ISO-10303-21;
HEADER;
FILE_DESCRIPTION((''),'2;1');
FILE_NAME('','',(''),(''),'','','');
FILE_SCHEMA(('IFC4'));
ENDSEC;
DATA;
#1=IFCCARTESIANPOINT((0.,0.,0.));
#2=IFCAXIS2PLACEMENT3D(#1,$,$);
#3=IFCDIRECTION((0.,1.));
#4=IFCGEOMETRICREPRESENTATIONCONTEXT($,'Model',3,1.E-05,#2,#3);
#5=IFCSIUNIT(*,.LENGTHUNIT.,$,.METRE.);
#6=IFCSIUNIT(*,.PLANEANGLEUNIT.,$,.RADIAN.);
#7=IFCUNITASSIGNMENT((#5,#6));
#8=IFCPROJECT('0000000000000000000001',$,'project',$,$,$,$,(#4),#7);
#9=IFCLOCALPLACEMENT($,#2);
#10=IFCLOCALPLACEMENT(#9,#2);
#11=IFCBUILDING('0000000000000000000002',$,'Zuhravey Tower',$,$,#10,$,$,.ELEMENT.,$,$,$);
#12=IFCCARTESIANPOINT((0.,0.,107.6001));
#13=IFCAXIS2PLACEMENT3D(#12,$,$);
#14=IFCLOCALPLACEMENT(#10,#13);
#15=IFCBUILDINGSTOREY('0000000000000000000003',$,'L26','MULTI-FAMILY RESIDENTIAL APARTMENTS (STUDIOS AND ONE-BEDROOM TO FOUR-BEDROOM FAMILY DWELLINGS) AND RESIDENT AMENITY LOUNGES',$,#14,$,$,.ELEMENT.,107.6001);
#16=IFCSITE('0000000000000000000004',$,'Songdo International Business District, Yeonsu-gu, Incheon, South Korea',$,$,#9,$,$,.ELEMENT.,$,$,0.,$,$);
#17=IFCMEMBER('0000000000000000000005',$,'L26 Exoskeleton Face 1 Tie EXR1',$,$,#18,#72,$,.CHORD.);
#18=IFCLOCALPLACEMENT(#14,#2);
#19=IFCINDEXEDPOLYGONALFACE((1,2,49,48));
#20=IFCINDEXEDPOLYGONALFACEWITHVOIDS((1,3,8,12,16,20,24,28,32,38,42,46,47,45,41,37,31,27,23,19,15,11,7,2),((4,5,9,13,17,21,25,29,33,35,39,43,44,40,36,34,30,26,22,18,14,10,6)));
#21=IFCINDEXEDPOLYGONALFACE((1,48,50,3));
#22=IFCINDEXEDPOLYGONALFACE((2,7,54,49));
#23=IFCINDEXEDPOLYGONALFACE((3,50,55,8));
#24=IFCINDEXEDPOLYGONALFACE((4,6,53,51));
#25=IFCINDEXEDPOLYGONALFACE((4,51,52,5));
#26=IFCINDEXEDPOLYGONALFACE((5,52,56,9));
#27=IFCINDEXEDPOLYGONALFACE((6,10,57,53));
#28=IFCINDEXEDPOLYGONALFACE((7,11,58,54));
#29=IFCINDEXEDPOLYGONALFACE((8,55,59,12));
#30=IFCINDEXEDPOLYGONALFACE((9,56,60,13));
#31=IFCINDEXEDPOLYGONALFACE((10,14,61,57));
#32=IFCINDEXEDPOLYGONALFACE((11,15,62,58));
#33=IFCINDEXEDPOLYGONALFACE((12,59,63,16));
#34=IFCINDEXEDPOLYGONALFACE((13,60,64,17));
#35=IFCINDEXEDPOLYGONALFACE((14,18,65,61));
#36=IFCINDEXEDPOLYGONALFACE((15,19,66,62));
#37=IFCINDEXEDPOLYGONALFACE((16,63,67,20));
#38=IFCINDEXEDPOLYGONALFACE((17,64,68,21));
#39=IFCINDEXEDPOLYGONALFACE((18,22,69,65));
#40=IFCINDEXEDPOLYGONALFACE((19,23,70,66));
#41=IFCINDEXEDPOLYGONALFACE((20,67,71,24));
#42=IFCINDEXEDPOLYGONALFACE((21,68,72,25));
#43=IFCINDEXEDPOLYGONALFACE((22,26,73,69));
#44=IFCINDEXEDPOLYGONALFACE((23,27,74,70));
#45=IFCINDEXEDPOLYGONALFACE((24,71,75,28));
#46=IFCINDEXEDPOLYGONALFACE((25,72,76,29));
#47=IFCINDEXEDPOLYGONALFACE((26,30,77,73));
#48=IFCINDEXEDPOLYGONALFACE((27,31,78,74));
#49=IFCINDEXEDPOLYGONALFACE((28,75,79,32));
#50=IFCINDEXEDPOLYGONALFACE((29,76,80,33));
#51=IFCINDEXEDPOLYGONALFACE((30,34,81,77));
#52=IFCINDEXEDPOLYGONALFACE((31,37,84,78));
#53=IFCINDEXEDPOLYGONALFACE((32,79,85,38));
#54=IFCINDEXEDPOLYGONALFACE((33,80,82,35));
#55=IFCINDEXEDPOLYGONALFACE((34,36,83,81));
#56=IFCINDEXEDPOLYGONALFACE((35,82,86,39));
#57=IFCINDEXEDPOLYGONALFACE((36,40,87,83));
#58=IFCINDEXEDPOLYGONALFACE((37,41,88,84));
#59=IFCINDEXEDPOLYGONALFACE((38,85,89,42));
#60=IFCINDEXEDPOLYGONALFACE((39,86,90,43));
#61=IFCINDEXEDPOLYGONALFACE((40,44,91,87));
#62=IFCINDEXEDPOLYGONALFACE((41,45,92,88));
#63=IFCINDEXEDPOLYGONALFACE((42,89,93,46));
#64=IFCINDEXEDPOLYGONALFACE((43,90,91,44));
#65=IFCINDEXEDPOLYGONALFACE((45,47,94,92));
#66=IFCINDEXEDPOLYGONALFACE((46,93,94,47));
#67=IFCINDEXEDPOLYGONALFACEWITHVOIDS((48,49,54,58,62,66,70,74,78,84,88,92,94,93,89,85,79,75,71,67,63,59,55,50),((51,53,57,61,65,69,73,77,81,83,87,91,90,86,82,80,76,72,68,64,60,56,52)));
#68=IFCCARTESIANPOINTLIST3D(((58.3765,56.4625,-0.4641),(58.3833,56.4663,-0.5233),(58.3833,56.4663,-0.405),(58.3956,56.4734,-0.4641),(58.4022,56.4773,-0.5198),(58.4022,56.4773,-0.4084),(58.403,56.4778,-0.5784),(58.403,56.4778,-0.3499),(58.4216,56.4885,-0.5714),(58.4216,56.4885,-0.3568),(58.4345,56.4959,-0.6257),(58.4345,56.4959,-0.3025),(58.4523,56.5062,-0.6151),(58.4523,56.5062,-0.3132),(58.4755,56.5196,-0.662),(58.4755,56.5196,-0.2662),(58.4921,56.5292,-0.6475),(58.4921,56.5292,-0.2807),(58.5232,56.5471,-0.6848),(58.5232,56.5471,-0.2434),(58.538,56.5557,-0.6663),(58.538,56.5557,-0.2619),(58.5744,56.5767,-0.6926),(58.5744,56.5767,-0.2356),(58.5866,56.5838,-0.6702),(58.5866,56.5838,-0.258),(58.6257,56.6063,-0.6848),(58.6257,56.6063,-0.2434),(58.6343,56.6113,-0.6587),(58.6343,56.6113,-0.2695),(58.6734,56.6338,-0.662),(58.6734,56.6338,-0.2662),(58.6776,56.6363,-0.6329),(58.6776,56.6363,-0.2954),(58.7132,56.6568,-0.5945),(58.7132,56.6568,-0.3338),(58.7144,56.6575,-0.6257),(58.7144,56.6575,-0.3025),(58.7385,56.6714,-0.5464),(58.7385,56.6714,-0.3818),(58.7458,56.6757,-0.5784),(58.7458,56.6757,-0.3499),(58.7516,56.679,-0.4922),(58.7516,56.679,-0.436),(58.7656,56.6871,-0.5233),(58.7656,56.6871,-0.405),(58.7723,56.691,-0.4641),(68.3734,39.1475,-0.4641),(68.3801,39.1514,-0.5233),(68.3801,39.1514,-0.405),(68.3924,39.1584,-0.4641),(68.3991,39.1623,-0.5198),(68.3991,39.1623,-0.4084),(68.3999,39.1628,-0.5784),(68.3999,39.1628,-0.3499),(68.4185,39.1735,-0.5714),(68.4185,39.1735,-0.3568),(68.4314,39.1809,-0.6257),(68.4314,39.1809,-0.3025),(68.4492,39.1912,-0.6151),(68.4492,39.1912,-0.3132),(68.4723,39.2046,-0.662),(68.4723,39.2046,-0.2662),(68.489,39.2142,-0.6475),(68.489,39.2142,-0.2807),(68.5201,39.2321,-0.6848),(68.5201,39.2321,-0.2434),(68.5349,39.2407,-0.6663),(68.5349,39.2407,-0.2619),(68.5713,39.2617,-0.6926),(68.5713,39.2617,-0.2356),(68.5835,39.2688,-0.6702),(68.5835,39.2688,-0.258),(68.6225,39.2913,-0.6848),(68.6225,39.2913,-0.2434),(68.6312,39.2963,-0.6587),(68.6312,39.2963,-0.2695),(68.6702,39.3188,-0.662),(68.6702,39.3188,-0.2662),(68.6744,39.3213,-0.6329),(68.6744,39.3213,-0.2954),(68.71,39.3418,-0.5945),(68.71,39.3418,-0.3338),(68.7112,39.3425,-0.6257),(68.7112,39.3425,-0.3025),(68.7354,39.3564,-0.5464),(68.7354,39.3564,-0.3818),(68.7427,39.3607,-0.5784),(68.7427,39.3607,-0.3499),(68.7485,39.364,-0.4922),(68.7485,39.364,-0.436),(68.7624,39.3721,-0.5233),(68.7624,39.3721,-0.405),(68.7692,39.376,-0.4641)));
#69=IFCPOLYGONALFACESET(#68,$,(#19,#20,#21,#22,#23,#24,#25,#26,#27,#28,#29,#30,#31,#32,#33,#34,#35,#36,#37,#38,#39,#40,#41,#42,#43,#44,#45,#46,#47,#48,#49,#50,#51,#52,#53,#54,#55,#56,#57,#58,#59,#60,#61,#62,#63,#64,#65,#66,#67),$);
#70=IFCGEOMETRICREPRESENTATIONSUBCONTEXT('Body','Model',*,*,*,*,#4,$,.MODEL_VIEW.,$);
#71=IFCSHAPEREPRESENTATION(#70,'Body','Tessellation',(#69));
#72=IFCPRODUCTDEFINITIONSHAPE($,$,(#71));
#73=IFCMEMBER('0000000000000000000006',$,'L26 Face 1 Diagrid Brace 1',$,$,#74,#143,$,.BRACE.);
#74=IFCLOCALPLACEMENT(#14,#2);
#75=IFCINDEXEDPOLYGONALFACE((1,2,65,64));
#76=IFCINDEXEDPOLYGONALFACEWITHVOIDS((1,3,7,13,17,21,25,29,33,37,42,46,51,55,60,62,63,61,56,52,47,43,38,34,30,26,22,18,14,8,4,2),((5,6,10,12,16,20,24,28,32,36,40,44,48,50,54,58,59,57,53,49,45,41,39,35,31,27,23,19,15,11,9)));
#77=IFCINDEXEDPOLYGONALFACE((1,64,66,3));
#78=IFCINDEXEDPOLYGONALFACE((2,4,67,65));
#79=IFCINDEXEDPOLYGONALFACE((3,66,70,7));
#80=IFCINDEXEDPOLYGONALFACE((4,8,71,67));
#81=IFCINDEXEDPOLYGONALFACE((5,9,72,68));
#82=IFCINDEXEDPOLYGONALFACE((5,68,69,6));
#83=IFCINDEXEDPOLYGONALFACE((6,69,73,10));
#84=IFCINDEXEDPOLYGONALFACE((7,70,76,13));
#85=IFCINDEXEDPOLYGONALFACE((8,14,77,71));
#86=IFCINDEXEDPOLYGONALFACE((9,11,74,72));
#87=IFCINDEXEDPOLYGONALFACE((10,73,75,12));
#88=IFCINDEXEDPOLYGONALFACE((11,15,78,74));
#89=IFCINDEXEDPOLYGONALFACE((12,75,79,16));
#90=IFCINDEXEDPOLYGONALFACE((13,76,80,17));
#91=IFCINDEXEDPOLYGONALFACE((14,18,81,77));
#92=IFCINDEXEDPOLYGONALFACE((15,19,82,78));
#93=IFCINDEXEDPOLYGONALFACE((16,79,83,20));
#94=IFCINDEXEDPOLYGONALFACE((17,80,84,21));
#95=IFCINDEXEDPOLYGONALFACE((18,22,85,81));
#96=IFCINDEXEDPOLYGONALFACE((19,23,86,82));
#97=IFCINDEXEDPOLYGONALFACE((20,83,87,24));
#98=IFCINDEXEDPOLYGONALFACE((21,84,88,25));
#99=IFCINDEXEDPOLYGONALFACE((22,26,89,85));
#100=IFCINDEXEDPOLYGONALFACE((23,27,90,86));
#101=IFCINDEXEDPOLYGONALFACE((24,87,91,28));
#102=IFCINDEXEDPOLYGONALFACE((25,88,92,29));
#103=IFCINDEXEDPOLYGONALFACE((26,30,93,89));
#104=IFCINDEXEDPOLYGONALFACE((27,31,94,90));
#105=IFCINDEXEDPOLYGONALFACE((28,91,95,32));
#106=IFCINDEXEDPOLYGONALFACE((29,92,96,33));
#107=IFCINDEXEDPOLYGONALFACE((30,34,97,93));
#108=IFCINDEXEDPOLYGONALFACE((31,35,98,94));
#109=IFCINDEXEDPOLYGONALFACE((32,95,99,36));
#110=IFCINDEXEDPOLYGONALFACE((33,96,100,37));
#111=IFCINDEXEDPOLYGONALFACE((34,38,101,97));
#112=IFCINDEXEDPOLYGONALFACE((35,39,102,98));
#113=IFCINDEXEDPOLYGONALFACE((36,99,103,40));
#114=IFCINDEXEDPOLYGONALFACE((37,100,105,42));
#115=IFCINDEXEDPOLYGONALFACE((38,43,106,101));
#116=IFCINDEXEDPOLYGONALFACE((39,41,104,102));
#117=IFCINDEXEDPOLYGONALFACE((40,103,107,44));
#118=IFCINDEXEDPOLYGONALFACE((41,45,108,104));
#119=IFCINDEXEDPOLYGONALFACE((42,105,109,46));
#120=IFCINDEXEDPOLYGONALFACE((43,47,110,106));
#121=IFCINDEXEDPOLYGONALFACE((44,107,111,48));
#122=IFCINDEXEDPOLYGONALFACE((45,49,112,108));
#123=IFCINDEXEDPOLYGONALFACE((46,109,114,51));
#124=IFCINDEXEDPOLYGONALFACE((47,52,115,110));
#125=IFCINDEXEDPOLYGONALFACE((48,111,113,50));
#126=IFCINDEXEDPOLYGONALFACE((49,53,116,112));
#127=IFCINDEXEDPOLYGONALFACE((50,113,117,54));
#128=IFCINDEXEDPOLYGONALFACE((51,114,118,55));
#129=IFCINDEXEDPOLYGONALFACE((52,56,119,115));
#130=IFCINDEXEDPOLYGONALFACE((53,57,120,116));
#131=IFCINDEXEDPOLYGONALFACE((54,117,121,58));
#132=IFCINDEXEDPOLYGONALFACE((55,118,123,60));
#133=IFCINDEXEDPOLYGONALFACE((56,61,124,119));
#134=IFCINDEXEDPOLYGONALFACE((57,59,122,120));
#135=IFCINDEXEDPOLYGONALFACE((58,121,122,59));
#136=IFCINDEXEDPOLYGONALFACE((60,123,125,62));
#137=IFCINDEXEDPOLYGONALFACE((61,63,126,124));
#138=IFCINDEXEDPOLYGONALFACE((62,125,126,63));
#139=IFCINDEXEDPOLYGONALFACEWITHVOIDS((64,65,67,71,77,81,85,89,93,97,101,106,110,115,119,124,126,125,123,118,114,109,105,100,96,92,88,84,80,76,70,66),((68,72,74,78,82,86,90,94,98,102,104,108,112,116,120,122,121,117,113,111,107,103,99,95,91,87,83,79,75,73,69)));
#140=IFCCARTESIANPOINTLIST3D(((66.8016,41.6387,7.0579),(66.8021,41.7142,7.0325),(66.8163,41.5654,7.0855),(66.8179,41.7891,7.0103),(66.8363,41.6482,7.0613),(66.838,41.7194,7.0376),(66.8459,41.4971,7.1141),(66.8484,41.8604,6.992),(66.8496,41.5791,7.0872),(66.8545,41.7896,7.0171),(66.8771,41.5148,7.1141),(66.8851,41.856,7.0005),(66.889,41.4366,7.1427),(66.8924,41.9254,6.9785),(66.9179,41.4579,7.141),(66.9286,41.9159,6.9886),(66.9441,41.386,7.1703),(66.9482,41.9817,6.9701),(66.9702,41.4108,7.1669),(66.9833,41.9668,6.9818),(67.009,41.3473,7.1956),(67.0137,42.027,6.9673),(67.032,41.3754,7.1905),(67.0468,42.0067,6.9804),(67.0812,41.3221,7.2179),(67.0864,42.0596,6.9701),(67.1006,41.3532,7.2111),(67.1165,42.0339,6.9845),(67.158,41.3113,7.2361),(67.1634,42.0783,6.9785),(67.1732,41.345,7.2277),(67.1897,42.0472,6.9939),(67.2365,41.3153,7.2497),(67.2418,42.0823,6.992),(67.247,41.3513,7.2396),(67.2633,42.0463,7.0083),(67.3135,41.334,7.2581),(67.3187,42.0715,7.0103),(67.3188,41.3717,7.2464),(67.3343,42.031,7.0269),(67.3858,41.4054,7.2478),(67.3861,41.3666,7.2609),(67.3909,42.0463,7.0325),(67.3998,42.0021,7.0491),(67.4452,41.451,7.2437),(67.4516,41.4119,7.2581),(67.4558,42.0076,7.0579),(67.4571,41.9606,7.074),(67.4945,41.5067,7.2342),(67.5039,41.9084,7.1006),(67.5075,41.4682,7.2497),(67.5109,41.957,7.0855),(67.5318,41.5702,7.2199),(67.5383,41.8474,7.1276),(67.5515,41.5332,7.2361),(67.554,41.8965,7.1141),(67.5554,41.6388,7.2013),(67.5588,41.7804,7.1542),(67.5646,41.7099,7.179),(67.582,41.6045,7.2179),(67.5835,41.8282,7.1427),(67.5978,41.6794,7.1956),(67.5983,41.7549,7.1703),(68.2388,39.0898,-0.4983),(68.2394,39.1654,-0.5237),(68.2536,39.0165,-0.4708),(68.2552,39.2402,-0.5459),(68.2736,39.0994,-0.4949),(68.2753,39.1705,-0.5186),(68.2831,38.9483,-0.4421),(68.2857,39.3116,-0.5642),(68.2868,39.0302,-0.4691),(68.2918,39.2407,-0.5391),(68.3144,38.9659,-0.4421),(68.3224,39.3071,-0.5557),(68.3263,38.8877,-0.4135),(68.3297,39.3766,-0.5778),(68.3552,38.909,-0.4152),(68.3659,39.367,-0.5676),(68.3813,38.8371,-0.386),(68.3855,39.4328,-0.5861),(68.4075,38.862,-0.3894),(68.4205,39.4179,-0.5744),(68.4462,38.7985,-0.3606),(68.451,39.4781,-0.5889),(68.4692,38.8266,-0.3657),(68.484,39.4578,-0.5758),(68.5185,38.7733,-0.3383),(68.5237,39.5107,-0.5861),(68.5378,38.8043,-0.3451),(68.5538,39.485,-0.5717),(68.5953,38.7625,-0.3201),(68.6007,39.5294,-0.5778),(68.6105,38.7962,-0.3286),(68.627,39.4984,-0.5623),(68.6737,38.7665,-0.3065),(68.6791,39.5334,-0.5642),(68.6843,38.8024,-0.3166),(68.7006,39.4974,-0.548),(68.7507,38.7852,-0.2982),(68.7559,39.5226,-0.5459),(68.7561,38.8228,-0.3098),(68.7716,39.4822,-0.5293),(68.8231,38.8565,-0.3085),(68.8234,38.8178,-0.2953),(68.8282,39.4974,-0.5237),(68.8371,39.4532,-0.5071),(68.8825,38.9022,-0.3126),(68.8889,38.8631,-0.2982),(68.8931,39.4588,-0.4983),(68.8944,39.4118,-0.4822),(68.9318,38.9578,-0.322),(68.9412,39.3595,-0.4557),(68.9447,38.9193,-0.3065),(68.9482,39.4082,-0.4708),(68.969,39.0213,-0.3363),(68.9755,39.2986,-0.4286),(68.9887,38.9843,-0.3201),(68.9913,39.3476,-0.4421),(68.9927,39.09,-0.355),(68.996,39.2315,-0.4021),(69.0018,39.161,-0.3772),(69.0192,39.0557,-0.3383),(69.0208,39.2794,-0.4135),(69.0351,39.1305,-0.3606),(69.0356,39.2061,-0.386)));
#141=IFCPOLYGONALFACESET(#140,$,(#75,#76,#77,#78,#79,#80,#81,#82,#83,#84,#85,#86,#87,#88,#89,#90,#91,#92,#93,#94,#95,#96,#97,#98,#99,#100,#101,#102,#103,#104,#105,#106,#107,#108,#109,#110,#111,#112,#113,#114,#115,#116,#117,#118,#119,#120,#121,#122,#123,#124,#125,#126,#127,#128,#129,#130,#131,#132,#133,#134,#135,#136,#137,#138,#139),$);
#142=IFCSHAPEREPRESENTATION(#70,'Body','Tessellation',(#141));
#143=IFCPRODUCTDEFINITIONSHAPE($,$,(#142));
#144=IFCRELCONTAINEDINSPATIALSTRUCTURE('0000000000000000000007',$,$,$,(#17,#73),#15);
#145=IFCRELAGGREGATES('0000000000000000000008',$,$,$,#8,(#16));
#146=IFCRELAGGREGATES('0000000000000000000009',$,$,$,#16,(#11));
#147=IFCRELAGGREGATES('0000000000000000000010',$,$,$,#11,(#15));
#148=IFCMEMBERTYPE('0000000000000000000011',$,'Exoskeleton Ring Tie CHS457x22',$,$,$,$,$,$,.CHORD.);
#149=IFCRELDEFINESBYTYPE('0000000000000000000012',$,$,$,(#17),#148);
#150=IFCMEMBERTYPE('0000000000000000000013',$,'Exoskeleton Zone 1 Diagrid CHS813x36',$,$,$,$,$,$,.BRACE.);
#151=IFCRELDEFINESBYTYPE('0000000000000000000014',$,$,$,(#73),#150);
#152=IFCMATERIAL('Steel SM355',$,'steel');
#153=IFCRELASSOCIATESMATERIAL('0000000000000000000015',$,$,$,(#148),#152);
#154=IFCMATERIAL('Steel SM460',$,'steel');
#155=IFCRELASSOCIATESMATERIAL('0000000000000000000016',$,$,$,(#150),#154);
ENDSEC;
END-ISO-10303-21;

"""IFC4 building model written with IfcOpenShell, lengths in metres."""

from ifc_helpers import new_model, si_unit, direction, frame, origin, origin_2d, place, context, subcontext, project, spatial, hollow_circle, extrude, material, material_profile, profile_set, type_object, element, save


model = new_model("IFC4")

# Units and contexts
model_context = context("Model", 3, precision=1e-05, world=origin(), true_north=direction((0.0, 1.0)))
body_context = subcontext(model_context, "Body", "Model", "MODEL_VIEW")
ifc_project = project(units=[si_unit("LENGTHUNIT", "METRE"), si_unit("PLANEANGLEUNIT", "RADIAN")], contexts=[model_context])

# Site, building, storey
site_placement = place(None, origin())
site = spatial("IfcSite", under=ifc_project, at=site_placement, Name="Songdo International Business District, Yeonsu-gu, Incheon, South Korea", CompositionType="ELEMENT", RefElevation=0.0)
building_placement = place(site_placement, origin())
building = spatial("IfcBuilding", under=site, at=building_placement, Name="Zuhravey Tower", CompositionType="ELEMENT")
storey_placement = place(building_placement, frame((0.0, 0.0, 107.6001)))
storey = spatial("IfcBuildingStorey", under=building, at=storey_placement, Name="L26", Description="MULTI-FAMILY RESIDENTIAL APARTMENTS (STUDIOS AND ONE-BEDROOM TO FOUR-BEDROOM FAMILY DWELLINGS) AND RESIDENT AMENITY LOUNGES", CompositionType="ELEMENT", Elevation=107.6001)

# Members
ifc_material_1 = material(Name="Steel SM355", Category="steel")
ifc_material_profile_1 = material_profile(ifc_material_1, hollow_circle(Radius=0.2285, WallThickness=0.022, at=origin_2d()), Name="CHS-457.2x22")
ifc_profile_set_1 = profile_set([ifc_material_profile_1], Name="Steel SM355")
member_type_1 = type_object("IfcMemberType", Name="Exoskeleton Ring Tie CHS457x22", PredefinedType="CHORD", material=ifc_profile_set_1)
member_1_placement = place(storey_placement, frame((68.5713, 39.2617, -0.4641), z_axis=(-0.500002, 0.866025, 0.0), x_axis=(-0.866025, -0.500002, 0.0)))
element("IfcMember", 1, at=member_1_placement, inside=storey, type_object=member_type_1, Name="L26 Exoskeleton Face 1 Tie EXR1", PredefinedType="CHORD", context=body_context, shape_type="SweptSolid", body=[
    extrude(hollow_circle(Radius=0.2285, WallThickness=0.022, at=origin_2d()), origin(), (0.0, 0.0, 1.0), 19.9937),
])
ifc_material_2 = material(Name="Steel SM460", Category="steel")
ifc_material_profile_2 = material_profile(ifc_material_2, hollow_circle(Radius=0.4065, WallThickness=0.0359, at=origin_2d()), Name="CHS-812.8x36")
ifc_profile_set_2 = profile_set([ifc_material_profile_2], Name="Steel SM460")
member_type_2 = type_object("IfcMemberType", Name="Exoskeleton Zone 1 Diagrid CHS813x36", PredefinedType="BRACE", material=ifc_profile_set_2)
member_2_placement = place(storey_placement, frame((68.6372, 39.1479, -0.4421), z_axis=(-0.177375, 0.314556, 0.93252), x_axis=(-0.871058, -0.49118, 0.0)))
element("IfcMember", 2, at=member_2_placement, inside=storey, type_object=member_type_2, Name="L26 Face 1 Diagrid Brace 1", PredefinedType="BRACE", context=body_context, shape_type="SweptSolid", body=[
    extrude(hollow_circle(Radius=0.4065, WallThickness=0.0359, at=origin_2d()), origin(), (0.0, 0.0, 1.0), 8.103),
])

save(model, "model.ifc")
